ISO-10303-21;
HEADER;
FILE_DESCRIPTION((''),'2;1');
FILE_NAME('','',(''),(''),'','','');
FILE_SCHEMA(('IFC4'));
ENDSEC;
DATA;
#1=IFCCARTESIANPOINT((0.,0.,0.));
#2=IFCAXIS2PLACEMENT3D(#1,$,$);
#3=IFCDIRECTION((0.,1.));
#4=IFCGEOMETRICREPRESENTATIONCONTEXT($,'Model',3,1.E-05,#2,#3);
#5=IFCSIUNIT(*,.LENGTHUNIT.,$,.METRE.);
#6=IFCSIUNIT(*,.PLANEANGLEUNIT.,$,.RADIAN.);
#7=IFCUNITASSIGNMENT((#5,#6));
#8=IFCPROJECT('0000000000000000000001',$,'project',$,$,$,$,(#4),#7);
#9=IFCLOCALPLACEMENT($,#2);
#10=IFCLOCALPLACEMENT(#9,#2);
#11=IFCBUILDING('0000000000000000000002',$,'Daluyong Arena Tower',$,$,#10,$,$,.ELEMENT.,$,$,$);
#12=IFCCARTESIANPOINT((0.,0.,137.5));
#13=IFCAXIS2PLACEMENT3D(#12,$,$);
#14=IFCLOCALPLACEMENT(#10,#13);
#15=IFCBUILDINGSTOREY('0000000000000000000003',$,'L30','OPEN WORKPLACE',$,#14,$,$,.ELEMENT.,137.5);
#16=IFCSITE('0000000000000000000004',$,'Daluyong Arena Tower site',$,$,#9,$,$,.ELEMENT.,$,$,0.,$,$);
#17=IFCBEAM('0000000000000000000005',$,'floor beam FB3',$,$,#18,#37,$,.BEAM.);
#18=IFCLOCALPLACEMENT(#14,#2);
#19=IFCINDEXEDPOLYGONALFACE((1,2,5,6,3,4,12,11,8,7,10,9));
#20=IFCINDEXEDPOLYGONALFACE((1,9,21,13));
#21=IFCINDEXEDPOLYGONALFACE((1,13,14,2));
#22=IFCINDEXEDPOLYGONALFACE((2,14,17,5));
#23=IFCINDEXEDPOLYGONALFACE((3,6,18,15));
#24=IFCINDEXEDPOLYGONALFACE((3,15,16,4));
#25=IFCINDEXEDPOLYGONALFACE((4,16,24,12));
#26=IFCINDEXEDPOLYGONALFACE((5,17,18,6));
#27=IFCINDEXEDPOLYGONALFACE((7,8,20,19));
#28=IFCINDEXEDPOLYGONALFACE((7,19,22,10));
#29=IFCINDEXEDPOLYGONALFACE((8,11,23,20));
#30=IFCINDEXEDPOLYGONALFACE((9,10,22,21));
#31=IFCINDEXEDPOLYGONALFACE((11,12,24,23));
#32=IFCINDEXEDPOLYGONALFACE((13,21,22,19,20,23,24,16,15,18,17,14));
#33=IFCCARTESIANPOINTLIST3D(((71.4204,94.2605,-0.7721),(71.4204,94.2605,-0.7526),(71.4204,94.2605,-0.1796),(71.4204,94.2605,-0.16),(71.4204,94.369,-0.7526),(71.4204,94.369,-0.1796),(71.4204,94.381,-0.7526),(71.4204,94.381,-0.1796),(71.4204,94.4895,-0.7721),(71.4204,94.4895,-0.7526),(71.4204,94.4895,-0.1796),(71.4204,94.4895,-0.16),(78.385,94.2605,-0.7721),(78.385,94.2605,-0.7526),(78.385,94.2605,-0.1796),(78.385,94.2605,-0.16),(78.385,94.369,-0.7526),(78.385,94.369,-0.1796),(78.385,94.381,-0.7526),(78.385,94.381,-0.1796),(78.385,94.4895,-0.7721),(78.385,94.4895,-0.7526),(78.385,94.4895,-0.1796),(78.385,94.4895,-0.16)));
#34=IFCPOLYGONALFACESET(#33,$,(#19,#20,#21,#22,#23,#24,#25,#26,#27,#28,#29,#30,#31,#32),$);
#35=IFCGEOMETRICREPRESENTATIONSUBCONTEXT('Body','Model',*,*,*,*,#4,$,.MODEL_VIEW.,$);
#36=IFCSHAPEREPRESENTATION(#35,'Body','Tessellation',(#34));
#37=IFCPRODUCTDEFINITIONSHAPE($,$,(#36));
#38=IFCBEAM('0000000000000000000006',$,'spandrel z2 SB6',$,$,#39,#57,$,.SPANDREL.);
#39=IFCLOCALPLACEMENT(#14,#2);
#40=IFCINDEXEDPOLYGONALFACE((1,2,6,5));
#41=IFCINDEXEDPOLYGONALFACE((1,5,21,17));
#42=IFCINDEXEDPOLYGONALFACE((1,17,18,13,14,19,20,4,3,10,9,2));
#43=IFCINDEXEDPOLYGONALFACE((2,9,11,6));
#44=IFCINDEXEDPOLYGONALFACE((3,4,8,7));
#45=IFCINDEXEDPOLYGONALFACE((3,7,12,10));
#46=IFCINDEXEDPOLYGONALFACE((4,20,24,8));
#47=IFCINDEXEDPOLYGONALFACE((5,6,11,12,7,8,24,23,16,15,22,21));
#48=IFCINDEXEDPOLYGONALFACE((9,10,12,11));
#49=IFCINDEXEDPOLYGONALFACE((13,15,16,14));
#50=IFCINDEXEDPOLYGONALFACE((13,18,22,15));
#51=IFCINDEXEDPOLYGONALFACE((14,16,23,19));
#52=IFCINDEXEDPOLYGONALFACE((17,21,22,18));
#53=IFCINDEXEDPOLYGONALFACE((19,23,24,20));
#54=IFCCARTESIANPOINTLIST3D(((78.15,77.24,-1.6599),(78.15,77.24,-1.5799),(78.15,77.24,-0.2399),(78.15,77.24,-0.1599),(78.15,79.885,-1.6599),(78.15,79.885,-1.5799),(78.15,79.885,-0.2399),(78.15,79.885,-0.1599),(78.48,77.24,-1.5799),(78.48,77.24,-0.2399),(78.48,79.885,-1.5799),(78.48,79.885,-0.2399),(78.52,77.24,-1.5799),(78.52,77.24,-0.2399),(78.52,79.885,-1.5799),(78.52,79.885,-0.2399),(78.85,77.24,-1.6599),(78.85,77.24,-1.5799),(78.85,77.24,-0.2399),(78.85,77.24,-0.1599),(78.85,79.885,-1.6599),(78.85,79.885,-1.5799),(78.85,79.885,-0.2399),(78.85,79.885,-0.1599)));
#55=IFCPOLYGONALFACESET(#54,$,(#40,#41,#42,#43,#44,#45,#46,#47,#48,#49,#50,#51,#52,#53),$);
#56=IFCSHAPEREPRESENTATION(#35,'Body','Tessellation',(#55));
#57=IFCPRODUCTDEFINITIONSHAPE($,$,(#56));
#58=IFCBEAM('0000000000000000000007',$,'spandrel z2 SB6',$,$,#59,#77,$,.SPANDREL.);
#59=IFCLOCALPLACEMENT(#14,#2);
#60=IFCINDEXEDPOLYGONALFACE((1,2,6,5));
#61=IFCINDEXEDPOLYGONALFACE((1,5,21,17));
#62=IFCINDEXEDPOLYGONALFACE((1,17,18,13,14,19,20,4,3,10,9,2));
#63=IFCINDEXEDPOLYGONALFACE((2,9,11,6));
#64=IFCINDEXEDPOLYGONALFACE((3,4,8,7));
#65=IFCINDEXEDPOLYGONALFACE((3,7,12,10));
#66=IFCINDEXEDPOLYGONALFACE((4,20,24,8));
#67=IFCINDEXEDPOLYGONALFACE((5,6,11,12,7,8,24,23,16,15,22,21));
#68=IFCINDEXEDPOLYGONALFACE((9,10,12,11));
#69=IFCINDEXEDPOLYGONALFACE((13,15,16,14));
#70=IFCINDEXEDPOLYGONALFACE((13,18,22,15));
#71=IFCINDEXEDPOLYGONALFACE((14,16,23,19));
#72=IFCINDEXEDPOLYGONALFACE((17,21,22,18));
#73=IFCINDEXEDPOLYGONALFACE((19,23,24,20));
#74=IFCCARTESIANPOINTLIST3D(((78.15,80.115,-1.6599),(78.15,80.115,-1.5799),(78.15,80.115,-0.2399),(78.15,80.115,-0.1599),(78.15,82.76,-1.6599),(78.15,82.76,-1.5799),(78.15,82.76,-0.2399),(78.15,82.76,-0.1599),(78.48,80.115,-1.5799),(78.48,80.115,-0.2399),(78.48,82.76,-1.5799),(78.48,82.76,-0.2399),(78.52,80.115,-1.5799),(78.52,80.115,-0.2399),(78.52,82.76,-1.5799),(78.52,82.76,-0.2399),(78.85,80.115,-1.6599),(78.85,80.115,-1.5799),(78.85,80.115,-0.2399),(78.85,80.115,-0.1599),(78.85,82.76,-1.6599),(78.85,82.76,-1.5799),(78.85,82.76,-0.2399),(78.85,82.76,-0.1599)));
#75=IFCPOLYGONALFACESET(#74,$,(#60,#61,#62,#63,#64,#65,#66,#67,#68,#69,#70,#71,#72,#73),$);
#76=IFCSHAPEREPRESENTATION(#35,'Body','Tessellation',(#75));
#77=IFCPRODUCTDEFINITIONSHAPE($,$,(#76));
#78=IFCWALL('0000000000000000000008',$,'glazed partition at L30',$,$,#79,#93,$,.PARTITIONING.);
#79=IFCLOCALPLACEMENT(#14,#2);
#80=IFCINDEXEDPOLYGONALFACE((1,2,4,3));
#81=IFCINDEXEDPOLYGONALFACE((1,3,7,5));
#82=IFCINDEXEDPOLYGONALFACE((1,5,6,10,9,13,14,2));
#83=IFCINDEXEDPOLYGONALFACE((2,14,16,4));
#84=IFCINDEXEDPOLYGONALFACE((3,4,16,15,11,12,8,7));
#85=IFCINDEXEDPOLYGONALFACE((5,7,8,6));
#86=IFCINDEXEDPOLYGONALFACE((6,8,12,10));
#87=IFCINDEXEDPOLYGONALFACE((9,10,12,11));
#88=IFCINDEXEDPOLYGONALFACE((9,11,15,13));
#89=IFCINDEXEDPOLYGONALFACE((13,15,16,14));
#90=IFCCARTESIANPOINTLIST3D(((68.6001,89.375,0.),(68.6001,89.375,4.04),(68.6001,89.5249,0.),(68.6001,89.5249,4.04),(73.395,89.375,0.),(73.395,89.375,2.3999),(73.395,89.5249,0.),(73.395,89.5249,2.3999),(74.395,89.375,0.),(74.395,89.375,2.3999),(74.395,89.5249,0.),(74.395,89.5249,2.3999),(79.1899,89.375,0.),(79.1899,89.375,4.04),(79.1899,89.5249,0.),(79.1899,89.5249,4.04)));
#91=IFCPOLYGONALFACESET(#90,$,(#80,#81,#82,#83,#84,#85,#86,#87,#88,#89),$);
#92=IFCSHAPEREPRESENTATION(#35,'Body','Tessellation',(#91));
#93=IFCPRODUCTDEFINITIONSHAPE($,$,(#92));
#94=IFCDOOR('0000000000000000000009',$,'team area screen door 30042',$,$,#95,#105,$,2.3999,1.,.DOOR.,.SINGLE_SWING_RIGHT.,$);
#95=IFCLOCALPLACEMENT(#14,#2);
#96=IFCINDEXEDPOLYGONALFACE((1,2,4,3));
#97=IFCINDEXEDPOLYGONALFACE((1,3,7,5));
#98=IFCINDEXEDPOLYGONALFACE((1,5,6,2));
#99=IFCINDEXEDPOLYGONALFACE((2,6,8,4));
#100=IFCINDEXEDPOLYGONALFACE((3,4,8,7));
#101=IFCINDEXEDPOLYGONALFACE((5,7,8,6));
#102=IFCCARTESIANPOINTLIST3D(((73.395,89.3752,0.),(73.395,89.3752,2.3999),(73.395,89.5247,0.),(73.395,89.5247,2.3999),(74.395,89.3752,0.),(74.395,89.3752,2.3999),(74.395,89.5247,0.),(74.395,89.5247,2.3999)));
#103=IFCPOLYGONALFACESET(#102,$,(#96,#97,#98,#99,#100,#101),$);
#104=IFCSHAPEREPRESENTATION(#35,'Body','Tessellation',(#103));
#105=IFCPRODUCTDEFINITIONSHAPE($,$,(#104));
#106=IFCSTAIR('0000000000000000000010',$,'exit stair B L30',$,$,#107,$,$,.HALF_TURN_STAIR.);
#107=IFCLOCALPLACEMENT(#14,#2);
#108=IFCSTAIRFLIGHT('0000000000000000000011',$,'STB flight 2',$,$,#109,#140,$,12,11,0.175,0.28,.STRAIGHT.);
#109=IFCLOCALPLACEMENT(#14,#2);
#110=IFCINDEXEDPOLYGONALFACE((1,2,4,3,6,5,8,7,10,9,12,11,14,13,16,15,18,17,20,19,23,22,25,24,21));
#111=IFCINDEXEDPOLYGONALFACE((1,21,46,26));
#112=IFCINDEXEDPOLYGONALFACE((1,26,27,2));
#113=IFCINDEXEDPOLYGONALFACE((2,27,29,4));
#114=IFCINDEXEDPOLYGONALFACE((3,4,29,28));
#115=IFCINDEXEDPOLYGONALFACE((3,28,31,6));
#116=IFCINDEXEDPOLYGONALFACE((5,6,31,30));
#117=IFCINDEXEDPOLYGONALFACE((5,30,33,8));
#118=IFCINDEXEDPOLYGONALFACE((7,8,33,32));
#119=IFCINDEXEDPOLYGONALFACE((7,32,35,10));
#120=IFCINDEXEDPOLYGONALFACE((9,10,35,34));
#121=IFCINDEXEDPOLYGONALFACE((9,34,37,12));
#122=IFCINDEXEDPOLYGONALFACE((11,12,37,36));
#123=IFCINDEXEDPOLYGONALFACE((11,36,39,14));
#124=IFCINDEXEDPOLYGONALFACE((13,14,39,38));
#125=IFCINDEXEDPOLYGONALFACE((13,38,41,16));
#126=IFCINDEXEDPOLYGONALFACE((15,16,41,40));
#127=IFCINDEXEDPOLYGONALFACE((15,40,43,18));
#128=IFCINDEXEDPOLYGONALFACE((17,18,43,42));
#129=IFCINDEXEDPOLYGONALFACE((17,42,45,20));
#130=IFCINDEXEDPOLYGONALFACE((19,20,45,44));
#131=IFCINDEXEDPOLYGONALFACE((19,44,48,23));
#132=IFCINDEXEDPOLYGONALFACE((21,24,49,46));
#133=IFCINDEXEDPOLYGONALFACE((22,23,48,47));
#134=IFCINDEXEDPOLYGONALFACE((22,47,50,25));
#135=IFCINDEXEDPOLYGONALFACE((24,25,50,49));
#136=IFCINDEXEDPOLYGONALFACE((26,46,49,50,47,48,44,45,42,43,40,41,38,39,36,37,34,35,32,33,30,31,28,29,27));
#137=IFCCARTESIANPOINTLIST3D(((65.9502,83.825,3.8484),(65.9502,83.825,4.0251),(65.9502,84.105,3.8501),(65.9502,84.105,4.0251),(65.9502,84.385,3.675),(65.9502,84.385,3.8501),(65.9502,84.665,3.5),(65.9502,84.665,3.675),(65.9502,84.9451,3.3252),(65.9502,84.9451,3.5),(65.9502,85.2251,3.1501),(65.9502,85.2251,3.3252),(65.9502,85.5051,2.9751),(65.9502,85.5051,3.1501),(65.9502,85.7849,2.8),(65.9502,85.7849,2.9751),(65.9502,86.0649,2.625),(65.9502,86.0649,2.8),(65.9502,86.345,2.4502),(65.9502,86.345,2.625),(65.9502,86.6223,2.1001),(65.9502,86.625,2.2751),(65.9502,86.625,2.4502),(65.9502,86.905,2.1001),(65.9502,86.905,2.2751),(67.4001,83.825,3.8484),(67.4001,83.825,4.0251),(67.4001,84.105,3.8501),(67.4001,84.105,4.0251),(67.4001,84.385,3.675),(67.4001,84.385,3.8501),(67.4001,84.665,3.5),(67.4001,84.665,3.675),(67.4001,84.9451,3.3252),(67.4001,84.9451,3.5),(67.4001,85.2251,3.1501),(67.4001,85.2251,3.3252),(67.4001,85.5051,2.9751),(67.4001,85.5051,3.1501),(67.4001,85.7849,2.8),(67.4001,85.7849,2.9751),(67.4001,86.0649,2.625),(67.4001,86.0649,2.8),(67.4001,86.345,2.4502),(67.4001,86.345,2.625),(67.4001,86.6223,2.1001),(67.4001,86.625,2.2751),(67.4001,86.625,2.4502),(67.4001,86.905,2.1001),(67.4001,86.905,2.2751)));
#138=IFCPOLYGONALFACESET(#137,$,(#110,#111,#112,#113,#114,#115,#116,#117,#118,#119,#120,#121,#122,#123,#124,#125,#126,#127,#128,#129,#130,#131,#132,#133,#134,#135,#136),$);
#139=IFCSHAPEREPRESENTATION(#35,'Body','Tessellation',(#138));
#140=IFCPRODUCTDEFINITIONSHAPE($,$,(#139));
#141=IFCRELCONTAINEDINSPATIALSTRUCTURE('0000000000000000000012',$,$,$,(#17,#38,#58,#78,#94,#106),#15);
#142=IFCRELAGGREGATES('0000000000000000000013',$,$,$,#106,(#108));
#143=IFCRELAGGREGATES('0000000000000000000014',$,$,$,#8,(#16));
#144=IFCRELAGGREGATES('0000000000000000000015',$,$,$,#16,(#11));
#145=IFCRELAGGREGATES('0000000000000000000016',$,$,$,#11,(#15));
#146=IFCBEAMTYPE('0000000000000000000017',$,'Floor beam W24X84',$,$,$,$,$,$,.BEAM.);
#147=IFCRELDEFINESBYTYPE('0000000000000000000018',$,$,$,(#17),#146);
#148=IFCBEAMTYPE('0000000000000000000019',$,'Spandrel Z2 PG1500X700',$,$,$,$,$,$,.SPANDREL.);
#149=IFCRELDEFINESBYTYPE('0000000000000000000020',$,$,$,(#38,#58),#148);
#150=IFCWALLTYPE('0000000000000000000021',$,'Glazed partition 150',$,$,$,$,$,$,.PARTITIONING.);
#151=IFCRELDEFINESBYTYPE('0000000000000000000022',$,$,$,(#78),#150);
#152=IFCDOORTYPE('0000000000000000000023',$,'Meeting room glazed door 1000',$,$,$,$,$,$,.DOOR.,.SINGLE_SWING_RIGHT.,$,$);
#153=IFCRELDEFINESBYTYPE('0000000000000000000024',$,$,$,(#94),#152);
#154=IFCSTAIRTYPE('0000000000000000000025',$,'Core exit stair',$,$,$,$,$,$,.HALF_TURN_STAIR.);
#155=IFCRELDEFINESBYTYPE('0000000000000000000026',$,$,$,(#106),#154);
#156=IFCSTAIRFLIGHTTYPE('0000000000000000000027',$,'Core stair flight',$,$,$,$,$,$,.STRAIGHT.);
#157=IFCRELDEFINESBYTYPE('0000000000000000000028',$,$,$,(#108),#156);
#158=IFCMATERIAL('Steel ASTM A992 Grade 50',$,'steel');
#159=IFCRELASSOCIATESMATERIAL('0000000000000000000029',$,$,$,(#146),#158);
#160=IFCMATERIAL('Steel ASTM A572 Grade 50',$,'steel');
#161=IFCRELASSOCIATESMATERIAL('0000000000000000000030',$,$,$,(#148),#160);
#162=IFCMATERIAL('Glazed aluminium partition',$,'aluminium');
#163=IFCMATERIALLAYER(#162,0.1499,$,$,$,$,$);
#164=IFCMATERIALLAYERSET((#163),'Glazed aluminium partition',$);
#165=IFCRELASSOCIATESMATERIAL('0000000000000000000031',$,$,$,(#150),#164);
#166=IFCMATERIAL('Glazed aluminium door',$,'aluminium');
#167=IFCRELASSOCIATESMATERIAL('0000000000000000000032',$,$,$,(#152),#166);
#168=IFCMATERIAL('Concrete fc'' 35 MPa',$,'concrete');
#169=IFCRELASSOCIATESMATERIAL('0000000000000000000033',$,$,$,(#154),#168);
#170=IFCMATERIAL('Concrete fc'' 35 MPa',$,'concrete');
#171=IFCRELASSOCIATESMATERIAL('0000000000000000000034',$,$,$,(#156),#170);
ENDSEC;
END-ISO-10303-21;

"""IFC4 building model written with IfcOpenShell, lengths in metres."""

from ifc_helpers import new_model, si_unit, direction, frame, frame_2d, origin, origin_2d, place, context, subcontext, project, spatial, polyline, rectangle, i_section, outline, extrude, material, layer, layer_set, material_profile, profile_set, type_object, element, fill, aggregate, save


model = new_model("IFC4")

# Units and contexts
model_context = context("Model", 3, precision=1e-05, world=origin(), true_north=direction((0.0, 1.0)))
body_context = subcontext(model_context, "Body", "Model", "MODEL_VIEW")
ifc_project = project(units=[si_unit("LENGTHUNIT", "METRE"), si_unit("PLANEANGLEUNIT", "RADIAN")], contexts=[model_context])

# Site, building, storey
site_placement = place(None, origin())
site = spatial("IfcSite", under=ifc_project, at=site_placement, Name="Daluyong Arena Tower site", CompositionType="ELEMENT", RefElevation=0.0)
building_placement = place(site_placement, origin())
building = spatial("IfcBuilding", under=site, at=building_placement, Name="Daluyong Arena Tower", CompositionType="ELEMENT")
storey_placement = place(building_placement, frame((0.0, 0.0, 137.5)))
storey = spatial("IfcBuildingStorey", under=building, at=storey_placement, Name="L30", Description="OPEN WORKPLACE", CompositionType="ELEMENT", Elevation=137.5)

# Beams
ifc_material_1 = material(Name="Steel ASTM A992 Grade 50", Category="steel")
ifc_material_profile_1 = material_profile(ifc_material_1, i_section(OverallWidth=0.229, OverallDepth=0.6121, WebThickness=0.012, FlangeThickness=0.0195, at=origin_2d()))
ifc_profile_set_1 = profile_set([ifc_material_profile_1], Name="Steel ASTM A992 Grade 50")
beam_type_1 = type_object("IfcBeamType", Name="Floor beam W24X84", PredefinedType="BEAM", material=ifc_profile_set_1)
beam_1_placement = place(storey_placement, frame((78.385, 94.375, -0.4661), z_axis=(-1.0, 0.0, 0.0), x_axis=(0.0, -1.0, 0.0)))
element("IfcBeam", 1, at=beam_1_placement, inside=storey, type_object=beam_type_1, Name="floor beam FB3", PredefinedType="BEAM", context=body_context, shape_type="SweptSolid", body=[
    extrude(i_section(OverallWidth=0.229, OverallDepth=0.6121, WebThickness=0.012, FlangeThickness=0.0195, at=origin_2d()), origin(), (0.0, 0.0, 1.0), 6.9646),
])
ifc_material_2 = material(Name="Steel ASTM A572 Grade 50", Category="steel")
ifc_material_profile_2 = material_profile(ifc_material_2, i_section(OverallWidth=0.7, OverallDepth=1.5, WebThickness=0.04, FlangeThickness=0.08, at=origin_2d()))
ifc_profile_set_2 = profile_set([ifc_material_profile_2], Name="Steel ASTM A572 Grade 50")
beam_type_2 = type_object("IfcBeamType", Name="Spandrel Z2 PG1500X700", PredefinedType="SPANDREL", material=ifc_profile_set_2)
for number, where, z_axis, x_axis, name in (
    (2, (78.5, 77.24, -0.9099), (0.0, 1.0, 0.0), (-1.0, 0.0, 0.0), "spandrel z2 SB6"),
    (3, (78.5, 80.115, -0.9099), (0.0, 1.0, 0.0), (-1.0, 0.0, 0.0), "spandrel z2 SB6"),
):
    element("IfcBeam", number, at=place(storey_placement, frame(where, z_axis=z_axis, x_axis=x_axis)), inside=storey, type_object=beam_type_2, Name=name, PredefinedType="SPANDREL", context=body_context, shape_type="SweptSolid", body=[
        extrude(i_section(OverallWidth=0.7, OverallDepth=1.5, WebThickness=0.04, FlangeThickness=0.08, at=origin_2d()), origin(), (0.0, 0.0, 1.0), 2.645),
    ])

# Wall, opening, door
ifc_material_3 = material(Name="Glazed aluminium partition", Category="aluminium")
ifc_layer = layer(ifc_material_3, 0.1499)
ifc_layer_set = layer_set([ifc_layer], Name="Glazed aluminium partition")
wall_type = type_object("IfcWallType", Name="Glazed partition 150", PredefinedType="PARTITIONING", material=ifc_layer_set)
wall_placement = place(storey_placement, frame((68.6001, 89.45, 0.0), z_axis=(0.0, 0.0, 1.0), x_axis=(1.0, 0.0, 0.0)))
wall = element("IfcWall", 4, at=wall_placement, inside=storey, type_object=wall_type, Name="glazed partition at L30", PredefinedType="PARTITIONING", context=body_context, shape_type="SweptSolid", body=[
    extrude(rectangle(XDim=10.5898, YDim=0.1499, at=frame_2d((5.2949, 0.0))), origin(), (0.0, 0.0, 1.0), 4.04),
])
opening_placement = place(wall_placement, frame((4.7949, 0.0, 0.0)))
opening = element("IfcOpeningElement", 5, at=opening_placement, cuts=wall, PredefinedType="OPENING", context=body_context, shape_type="SweptSolid", body=[
    extrude(rectangle(XDim=1.0, YDim=2.3999, at=frame_2d((0.5, 1.2))), frame((0.0, 0.085, 0.0), z_axis=(0.0, -1.0, 0.0), x_axis=(1.0, 0.0, 0.0)), (0.0, 0.0, 1.0), 0.1699),
])
ifc_material_4 = material(Name="Glazed aluminium door", Category="aluminium")
door_type = type_object("IfcDoorType", Name="Meeting room glazed door 1000", OperationType="SINGLE_SWING_RIGHT", PredefinedType="DOOR", material=ifc_material_4)
door_placement = place(opening_placement, origin())
door = element("IfcDoor", 6, at=door_placement, inside=storey, type_object=door_type, Name="team area screen door 30042", OperationType="SINGLE_SWING_RIGHT", OverallHeight=2.3999, OverallWidth=1.0, PredefinedType="DOOR", context=body_context, shape_type="SweptSolid", body=[
    extrude(rectangle(XDim=1.0, YDim=2.3999, at=frame_2d((0.5, 1.2))), frame((0.0, 0.0747, 0.0), z_axis=(0.0, -1.0, 0.0), x_axis=(1.0, 0.0, 0.0)), (0.0, 0.0, 1.0), 0.1494),
])
fill(opening, door)

# Stair, stair flight
ifc_material_5 = material(Name="Concrete fc' 35 MPa", Category="concrete")
stair_type = type_object("IfcStairType", Name="Core exit stair", PredefinedType="HALF_TURN_STAIR", material=ifc_material_5)
stair_placement = place(storey_placement, origin())
stair = element("IfcStair", 7, at=stair_placement, inside=storey, type_object=stair_type, Name="exit stair B L30", PredefinedType="HALF_TURN_STAIR")
ifc_material_6 = material(Name="Concrete fc' 35 MPa", Category="concrete")
stair_flight_type = type_object("IfcStairFlightType", Name="Core stair flight", PredefinedType="STRAIGHT", material=ifc_material_6)
stair_flight_placement = place(storey_placement, frame((66.675, 86.905, 2.1001), z_axis=(0.0, 0.0, 1.0), x_axis=(0.0, -1.0, 0.0)))
stair_flight = element("IfcStairFlight", 8, at=stair_flight_placement, type_object=stair_flight_type, Name="STB flight 2", NumberOfRisers=12, NumberOfTreads=11, PredefinedType="STRAIGHT", RiserHeight=0.175, TreadLength=0.28, context=body_context, shape_type="SweptSolid", body=[
    extrude(outline(polyline([(0.0, 0.0), (0.0, 0.175), (0.28, 0.175), (0.28, 0.3501), (0.5601, 0.3501), (0.5601, 0.5249), (0.8401, 0.5249), (0.8401, 0.7), (1.1201, 0.7), (1.1201, 0.875), (1.3999, 0.875), (1.3999, 1.05), (1.6799, 1.05), (1.6799, 1.2251), (1.96, 1.2251), (1.96, 1.3999), (2.24, 1.3999), (2.24, 1.575), (2.52, 1.575), (2.52, 1.75), (2.8, 1.75), (2.8, 1.925), (3.0801, 1.925), (3.0801, 2.1001), (3.0801, 1.7483), (0.2827, 0.0), (0.0, 0.0)])), frame((0.0, 0.7251, 0.0), z_axis=(0.0, -1.0, 0.0), x_axis=(1.0, 0.0, 0.0)), (0.0, 0.0, 1.0), 1.45),
])
aggregate(stair, [stair_flight])

save(model, "model.ifc")
